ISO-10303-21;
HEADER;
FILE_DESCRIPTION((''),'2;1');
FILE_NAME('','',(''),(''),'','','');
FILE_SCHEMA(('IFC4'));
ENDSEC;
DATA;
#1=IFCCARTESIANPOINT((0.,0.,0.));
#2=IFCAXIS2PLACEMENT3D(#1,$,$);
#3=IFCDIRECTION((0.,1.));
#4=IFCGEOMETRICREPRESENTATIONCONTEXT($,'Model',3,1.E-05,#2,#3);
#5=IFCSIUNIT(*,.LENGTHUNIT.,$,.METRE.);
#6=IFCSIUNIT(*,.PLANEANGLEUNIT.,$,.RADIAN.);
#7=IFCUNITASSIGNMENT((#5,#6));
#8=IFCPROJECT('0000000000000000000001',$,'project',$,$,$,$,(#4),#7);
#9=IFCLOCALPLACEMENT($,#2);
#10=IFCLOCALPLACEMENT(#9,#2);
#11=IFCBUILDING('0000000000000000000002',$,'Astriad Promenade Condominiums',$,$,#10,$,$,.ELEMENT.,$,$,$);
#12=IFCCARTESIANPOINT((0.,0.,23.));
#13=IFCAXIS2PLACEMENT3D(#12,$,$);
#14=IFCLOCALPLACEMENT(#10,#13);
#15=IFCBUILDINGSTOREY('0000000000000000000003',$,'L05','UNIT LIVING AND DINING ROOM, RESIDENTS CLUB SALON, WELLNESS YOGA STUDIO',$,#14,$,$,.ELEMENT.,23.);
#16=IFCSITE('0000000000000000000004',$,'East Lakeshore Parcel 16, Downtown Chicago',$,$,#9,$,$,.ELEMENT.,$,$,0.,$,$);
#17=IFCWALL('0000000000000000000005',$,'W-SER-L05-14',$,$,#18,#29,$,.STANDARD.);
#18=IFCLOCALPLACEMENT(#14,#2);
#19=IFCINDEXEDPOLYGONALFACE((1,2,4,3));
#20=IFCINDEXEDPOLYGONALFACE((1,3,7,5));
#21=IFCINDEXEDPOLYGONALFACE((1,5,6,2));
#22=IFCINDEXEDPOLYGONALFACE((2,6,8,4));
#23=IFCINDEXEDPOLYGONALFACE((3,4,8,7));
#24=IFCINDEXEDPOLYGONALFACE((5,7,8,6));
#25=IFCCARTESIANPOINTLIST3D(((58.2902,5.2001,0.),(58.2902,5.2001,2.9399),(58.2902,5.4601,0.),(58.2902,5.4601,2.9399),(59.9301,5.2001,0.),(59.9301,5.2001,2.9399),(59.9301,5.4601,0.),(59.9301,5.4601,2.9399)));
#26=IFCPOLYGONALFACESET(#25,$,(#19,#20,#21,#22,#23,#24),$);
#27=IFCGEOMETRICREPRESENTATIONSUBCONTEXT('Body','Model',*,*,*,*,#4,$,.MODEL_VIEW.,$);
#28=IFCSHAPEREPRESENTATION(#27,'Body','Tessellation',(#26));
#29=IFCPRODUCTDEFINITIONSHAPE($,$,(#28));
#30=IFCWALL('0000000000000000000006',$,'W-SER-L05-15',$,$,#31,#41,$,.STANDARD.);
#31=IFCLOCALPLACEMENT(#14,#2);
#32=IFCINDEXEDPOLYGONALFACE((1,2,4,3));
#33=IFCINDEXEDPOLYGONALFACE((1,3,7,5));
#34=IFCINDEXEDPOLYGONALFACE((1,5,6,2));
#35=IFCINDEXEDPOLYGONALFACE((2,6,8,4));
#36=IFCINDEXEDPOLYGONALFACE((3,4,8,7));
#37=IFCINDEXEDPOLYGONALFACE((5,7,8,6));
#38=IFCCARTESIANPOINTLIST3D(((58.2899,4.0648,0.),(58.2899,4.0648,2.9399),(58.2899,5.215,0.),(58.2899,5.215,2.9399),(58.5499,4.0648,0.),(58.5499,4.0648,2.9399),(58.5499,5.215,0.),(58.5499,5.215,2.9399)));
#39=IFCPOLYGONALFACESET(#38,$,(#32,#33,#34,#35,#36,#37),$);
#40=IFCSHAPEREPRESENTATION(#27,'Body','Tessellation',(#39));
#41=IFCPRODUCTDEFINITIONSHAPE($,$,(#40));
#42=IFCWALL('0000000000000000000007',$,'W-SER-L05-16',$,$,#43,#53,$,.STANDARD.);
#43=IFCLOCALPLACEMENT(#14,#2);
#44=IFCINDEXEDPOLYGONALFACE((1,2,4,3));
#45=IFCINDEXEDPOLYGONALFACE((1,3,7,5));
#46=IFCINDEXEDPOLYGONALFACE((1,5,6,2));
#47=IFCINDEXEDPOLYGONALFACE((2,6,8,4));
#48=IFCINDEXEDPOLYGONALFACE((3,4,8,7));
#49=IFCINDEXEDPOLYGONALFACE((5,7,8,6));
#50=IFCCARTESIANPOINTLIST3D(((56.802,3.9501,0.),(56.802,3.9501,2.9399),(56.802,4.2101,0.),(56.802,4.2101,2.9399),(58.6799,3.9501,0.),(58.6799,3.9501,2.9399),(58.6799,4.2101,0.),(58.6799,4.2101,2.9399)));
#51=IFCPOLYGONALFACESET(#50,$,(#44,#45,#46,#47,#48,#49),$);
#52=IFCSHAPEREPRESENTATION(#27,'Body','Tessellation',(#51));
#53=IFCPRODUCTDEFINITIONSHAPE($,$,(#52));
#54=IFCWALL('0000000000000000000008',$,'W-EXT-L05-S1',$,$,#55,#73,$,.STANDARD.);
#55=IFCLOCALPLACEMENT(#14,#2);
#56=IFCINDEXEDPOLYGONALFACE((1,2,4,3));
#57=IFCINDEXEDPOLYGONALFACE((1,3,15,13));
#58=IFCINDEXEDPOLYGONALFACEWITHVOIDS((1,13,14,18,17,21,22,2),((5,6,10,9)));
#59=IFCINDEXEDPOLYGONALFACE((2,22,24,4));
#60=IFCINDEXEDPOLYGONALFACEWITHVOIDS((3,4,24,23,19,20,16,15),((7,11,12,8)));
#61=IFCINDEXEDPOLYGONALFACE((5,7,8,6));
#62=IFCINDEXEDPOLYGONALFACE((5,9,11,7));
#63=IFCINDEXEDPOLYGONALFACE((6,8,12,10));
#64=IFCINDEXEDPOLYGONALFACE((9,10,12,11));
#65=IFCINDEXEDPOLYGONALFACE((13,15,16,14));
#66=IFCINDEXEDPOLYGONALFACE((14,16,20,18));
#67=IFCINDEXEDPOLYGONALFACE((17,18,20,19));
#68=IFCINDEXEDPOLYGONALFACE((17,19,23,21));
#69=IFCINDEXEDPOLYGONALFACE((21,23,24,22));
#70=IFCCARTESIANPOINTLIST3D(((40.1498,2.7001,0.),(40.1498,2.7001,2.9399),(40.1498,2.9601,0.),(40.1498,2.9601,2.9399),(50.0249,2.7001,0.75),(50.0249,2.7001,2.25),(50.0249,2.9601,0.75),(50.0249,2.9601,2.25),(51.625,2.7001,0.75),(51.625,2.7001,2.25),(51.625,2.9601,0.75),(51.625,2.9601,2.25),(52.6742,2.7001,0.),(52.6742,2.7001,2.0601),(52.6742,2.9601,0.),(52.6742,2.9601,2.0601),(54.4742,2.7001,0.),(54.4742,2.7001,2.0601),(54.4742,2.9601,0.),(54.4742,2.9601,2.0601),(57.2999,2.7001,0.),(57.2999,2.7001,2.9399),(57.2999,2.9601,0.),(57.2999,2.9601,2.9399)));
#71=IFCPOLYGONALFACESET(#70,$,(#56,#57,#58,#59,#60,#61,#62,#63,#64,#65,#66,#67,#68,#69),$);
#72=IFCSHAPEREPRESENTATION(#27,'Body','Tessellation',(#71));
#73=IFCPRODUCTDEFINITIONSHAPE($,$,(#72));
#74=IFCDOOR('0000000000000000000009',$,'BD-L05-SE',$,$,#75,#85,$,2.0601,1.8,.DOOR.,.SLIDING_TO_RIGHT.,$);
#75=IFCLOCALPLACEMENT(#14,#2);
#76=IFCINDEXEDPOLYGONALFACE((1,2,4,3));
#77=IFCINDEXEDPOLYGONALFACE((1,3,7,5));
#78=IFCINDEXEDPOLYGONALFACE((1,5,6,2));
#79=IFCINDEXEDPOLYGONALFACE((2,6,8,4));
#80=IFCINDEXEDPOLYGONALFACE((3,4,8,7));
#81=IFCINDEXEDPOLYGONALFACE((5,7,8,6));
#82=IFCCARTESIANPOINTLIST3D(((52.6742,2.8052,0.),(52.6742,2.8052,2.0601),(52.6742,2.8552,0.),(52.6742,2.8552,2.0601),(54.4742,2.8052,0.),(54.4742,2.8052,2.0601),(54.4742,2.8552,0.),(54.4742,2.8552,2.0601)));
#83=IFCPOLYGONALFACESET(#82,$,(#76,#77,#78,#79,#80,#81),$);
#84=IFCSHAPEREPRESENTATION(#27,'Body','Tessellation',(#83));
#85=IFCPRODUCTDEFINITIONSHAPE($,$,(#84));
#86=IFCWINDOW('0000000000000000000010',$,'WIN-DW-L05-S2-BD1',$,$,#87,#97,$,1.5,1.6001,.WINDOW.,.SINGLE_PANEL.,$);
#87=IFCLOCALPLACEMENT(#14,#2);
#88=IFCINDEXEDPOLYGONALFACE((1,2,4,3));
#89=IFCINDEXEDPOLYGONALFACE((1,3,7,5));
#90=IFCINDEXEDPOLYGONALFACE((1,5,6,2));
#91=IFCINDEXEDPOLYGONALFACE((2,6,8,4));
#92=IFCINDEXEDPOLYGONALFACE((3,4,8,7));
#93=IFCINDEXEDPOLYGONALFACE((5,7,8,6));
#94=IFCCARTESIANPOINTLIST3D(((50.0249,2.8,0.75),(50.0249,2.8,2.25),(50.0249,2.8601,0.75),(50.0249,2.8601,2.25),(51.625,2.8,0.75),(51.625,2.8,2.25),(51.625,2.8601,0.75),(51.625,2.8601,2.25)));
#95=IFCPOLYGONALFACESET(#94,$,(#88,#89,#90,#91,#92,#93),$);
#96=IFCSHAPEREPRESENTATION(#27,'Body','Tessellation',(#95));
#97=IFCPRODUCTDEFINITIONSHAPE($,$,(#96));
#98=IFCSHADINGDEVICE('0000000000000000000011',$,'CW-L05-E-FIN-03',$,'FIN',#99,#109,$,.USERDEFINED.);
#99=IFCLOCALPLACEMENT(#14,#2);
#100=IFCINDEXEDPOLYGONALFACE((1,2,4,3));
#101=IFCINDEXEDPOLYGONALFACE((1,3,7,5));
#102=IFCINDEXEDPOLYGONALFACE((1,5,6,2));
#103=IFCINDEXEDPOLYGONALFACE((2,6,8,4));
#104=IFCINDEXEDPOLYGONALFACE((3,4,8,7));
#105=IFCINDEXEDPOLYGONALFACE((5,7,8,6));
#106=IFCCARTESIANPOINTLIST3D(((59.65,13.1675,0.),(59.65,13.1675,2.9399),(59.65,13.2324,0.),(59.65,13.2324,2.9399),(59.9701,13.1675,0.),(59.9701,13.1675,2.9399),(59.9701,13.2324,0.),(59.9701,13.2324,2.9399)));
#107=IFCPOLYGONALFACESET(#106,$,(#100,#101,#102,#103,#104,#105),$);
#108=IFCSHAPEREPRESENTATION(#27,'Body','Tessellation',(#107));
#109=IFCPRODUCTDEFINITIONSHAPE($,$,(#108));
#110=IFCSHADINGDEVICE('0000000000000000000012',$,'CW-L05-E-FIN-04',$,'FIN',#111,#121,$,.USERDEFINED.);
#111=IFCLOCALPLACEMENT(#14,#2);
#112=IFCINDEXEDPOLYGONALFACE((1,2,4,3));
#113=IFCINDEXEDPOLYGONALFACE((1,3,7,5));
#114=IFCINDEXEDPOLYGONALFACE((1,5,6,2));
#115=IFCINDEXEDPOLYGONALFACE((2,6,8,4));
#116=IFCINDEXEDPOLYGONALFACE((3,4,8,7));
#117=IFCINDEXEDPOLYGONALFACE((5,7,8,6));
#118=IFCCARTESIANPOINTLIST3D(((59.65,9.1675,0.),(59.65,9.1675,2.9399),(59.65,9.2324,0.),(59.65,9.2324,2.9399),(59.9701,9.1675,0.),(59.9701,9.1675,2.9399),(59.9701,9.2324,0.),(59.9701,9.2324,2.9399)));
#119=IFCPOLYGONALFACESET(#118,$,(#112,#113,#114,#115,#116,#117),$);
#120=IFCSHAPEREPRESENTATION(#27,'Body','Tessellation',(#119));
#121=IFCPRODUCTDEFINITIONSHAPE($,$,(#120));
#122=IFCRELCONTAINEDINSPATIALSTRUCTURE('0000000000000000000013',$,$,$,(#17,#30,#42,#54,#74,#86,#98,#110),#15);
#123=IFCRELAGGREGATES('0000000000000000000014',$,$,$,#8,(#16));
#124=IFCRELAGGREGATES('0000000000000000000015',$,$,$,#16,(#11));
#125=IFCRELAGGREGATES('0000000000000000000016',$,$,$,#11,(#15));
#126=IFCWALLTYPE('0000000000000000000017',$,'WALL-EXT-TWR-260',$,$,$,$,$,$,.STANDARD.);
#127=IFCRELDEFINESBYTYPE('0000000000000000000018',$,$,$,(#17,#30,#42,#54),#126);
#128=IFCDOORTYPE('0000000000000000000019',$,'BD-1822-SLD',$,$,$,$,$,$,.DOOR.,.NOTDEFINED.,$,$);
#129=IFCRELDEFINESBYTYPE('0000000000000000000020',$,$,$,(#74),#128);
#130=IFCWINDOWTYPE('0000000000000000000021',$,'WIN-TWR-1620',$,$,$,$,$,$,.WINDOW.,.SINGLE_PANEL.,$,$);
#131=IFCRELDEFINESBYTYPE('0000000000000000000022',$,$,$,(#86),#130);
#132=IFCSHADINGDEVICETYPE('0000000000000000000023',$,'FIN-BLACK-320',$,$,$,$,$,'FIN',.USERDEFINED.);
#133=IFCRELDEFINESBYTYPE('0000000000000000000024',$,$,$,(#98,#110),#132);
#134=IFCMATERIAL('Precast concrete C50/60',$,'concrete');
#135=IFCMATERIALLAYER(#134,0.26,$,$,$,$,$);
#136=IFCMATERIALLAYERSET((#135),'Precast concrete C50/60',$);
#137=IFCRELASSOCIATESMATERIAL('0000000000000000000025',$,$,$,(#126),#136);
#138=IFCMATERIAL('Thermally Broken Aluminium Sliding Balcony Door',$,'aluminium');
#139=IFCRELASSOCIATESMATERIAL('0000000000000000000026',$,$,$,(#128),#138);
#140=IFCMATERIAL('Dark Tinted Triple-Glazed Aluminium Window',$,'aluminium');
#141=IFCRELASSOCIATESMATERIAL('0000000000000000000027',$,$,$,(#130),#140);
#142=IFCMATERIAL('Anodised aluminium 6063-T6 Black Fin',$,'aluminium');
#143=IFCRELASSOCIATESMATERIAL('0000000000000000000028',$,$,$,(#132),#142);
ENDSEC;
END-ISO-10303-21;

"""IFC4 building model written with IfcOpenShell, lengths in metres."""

from ifc_helpers import new_model, si_unit, direction, frame, frame_2d, origin, origin_2d, place, context, subcontext, project, spatial, rectangle, extrude, source, transform, mapped, material, layer, layer_set, type_object, type_shapes, element, fill, save


model = new_model("IFC4")

# Units and contexts
model_context = context("Model", 3, precision=1e-05, world=origin(), true_north=direction((0.0, 1.0)))
body_context = subcontext(model_context, "Body", "Model", "MODEL_VIEW")
ifc_project = project(units=[si_unit("LENGTHUNIT", "METRE"), si_unit("PLANEANGLEUNIT", "RADIAN")], contexts=[model_context])

# Site, building, storey
site_placement = place(None, origin())
site = spatial("IfcSite", under=ifc_project, at=site_placement, Name="East Lakeshore Parcel 16, Downtown Chicago", CompositionType="ELEMENT", RefElevation=0.0)
building_placement = place(site_placement, origin())
building = spatial("IfcBuilding", under=site, at=building_placement, Name="Astriad Promenade Condominiums", CompositionType="ELEMENT")
storey_placement = place(building_placement, frame((0.0, 0.0, 23.0)))
storey = spatial("IfcBuildingStorey", under=building, at=storey_placement, Name="L05", Description="UNIT LIVING AND DINING ROOM, RESIDENTS CLUB SALON, WELLNESS YOGA STUDIO", CompositionType="ELEMENT", Elevation=23.0)

# Walls
ifc_material_1 = material(Name="Precast concrete C50/60", Category="concrete")
ifc_layer_1 = layer(ifc_material_1, 0.26)
ifc_layer_set_1 = layer_set([ifc_layer_1], Name="Precast concrete C50/60")
wall_type = type_object("IfcWallType", Name="WALL-EXT-TWR-260", PredefinedType="STANDARD", material=ifc_layer_set_1)
wall_1_placement = place(storey_placement, frame((59.9299, 5.3301, 0.0), z_axis=(0.0, 0.0, 1.0), x_axis=(-1.0, 0.0, 0.0)))
element("IfcWall", 1, at=wall_1_placement, inside=storey, type_object=wall_type, Name="W-SER-L05-14", PredefinedType="STANDARD", context=body_context, shape_type="SweptSolid", body=[
    extrude(rectangle(XDim=1.6399, YDim=0.26, at=frame_2d((0.8198, 0.0))), origin(), (0.0, 0.0, 1.0), 2.9399),
])
wall_2_placement = place(storey_placement, frame((58.4199, 5.2151, 0.0), z_axis=(0.0, 0.0, 1.0), x_axis=(0.0, -1.0, 0.0)))
element("IfcWall", 2, at=wall_2_placement, inside=storey, type_object=wall_type, Name="W-SER-L05-15", PredefinedType="STANDARD", context=body_context, shape_type="SweptSolid", body=[
    extrude(rectangle(XDim=1.1501, YDim=0.26, at=frame_2d((0.5752, 0.0))), origin(), (0.0, 0.0, 1.0), 2.9399),
])
wall_3_placement = place(storey_placement, frame((58.6799, 4.0801, 0.0), z_axis=(0.0, 0.0, 1.0), x_axis=(-1.0, 0.0, 0.0)))
element("IfcWall", 3, at=wall_3_placement, inside=storey, type_object=wall_type, Name="W-SER-L05-16", PredefinedType="STANDARD", context=body_context, shape_type="SweptSolid", body=[
    extrude(rectangle(XDim=1.8779, YDim=0.26, at=frame_2d((0.939, 0.0))), origin(), (0.0, 0.0, 1.0), 2.9399),
])

# Wall, openings, door, window
wall_4_placement = place(storey_placement, frame((57.3, 2.8301, 0.0), z_axis=(0.0, 0.0, 1.0), x_axis=(-1.0, 0.0, 0.0)))
wall_4 = element("IfcWall", 4, at=wall_4_placement, inside=storey, type_object=wall_type, Name="W-EXT-L05-S1", PredefinedType="STANDARD", context=body_context, shape_type="SweptSolid", body=[
    extrude(rectangle(XDim=17.1501, YDim=0.26, at=frame_2d((8.5752, 0.0))), origin(), (0.0, 0.0, 1.0), 2.9399),
])
opening_1_placement = place(wall_4_placement, frame((2.8259, 0.0, 0.0)))
opening_1 = element("IfcOpeningElement", 5, at=opening_1_placement, cuts=wall_4, PredefinedType="OPENING", context=body_context, shape_type="SweptSolid", body=[
    extrude(rectangle(XDim=1.8, YDim=2.0601, at=frame_2d((0.8999, 1.03))), frame((0.0, 0.1399, 0.0), z_axis=(0.0, -1.0, 0.0), x_axis=(1.0, 0.0, 0.0)), (0.0, 0.0, 1.0), 0.28),
])
opening_2_placement = place(wall_4_placement, frame((5.675, 0.0, 0.75)))
opening_2 = element("IfcOpeningElement", 6, at=opening_2_placement, cuts=wall_4, PredefinedType="OPENING", context=body_context, shape_type="SweptSolid", body=[
    extrude(rectangle(XDim=1.6001, YDim=1.5, at=frame_2d((0.8, 0.75))), frame((0.0, 0.1399, 0.0), z_axis=(0.0, -1.0, 0.0), x_axis=(1.0, 0.0, 0.0)), (0.0, 0.0, 1.0), 0.28),
])
ifc_material_2 = material(Name="Thermally Broken Aluminium Sliding Balcony Door", Category="aluminium")
door_type = type_object("IfcDoorType", Name="BD-1822-SLD", OperationType="NOTDEFINED", PredefinedType="DOOR", material=ifc_material_2)
shared_shape_1 = source(origin(), body_context, "Body", "SweptSolid", [
    extrude(rectangle(XDim=1.8, YDim=2.0601, at=frame_2d((0.8999, 1.03))), frame((0.0, 0.0249, 0.0), z_axis=(0.0, -1.0, 0.0), x_axis=(1.0, 0.0, 0.0)), (0.0, 0.0, 1.0), 0.05),
])
type_shapes(door_type, [shared_shape_1])
door_placement = place(opening_1_placement, origin())
door = element("IfcDoor", 7, at=door_placement, inside=storey, type_object=door_type, Name="BD-L05-SE", OperationType="SLIDING_TO_RIGHT", OverallHeight=2.0601, OverallWidth=1.8, PredefinedType="DOOR", context=body_context, shape_type="MappedRepresentation", body=[
    mapped(shared_shape_1, transform((0.0, 0.0, 0.0), scale=1.0)),
])
fill(opening_1, door)
ifc_material_3 = material(Name="Dark Tinted Triple-Glazed Aluminium Window", Category="aluminium")
window_type = type_object("IfcWindowType", Name="WIN-TWR-1620", PartitioningType="SINGLE_PANEL", PredefinedType="WINDOW", material=ifc_material_3)
shared_shape_2 = source(origin(), body_context, "Body", "SweptSolid", [
    extrude(rectangle(XDim=1.6001, YDim=1.5, at=frame_2d((0.8, 0.75))), frame((0.0, 0.03, 0.0), z_axis=(0.0, -1.0, 0.0), x_axis=(1.0, 0.0, 0.0)), (0.0, 0.0, 1.0), 0.0601),
])
type_shapes(window_type, [shared_shape_2])
window_placement = place(opening_2_placement, origin())
window = element("IfcWindow", 8, at=window_placement, inside=storey, type_object=window_type, Name="WIN-DW-L05-S2-BD1", OverallHeight=1.5, OverallWidth=1.6001, PartitioningType="SINGLE_PANEL", PredefinedType="WINDOW", context=body_context, shape_type="MappedRepresentation", body=[
    mapped(shared_shape_2, transform((0.0, 0.0, 0.0), scale=1.0)),
])
fill(opening_2, window)

# Shading devices
ifc_material_4 = material(Name="Anodised aluminium 6063-T6 Black Fin", Category="aluminium")
shading_device_type = type_object("IfcShadingDeviceType", Name="FIN-BLACK-320", ElementType="FIN", PredefinedType="USERDEFINED", material=ifc_material_4)
shared_shape_3 = source(origin(), body_context, "Body", "SweptSolid", [
    extrude(rectangle(XDim=0.0649, YDim=0.3201, at=origin_2d()), origin(), (0.0, 0.0, 1.0), 2.9399),
])
type_shapes(shading_device_type, [shared_shape_3])
for number, where, z_axis, x_axis, name in (
    (9, (59.8101, 13.2, 0.0), (0.0, 0.0, 1.0), (0.0, -1.0, 0.0), "CW-L05-E-FIN-03"),
    (10, (59.8101, 9.2, 0.0), (0.0, 0.0, 1.0), (0.0, -1.0, 0.0), "CW-L05-E-FIN-04"),
):
    element("IfcShadingDevice", number, at=place(storey_placement, frame(where, z_axis=z_axis, x_axis=x_axis)), inside=storey, type_object=shading_device_type, Name=name, ObjectType="FIN", PredefinedType="USERDEFINED", context=body_context, shape_type="MappedRepresentation", body=[
        mapped(shared_shape_3, transform((0.0, 0.0, 0.0), scale=1.0)),
    ])

save(model, "model.ifc")
